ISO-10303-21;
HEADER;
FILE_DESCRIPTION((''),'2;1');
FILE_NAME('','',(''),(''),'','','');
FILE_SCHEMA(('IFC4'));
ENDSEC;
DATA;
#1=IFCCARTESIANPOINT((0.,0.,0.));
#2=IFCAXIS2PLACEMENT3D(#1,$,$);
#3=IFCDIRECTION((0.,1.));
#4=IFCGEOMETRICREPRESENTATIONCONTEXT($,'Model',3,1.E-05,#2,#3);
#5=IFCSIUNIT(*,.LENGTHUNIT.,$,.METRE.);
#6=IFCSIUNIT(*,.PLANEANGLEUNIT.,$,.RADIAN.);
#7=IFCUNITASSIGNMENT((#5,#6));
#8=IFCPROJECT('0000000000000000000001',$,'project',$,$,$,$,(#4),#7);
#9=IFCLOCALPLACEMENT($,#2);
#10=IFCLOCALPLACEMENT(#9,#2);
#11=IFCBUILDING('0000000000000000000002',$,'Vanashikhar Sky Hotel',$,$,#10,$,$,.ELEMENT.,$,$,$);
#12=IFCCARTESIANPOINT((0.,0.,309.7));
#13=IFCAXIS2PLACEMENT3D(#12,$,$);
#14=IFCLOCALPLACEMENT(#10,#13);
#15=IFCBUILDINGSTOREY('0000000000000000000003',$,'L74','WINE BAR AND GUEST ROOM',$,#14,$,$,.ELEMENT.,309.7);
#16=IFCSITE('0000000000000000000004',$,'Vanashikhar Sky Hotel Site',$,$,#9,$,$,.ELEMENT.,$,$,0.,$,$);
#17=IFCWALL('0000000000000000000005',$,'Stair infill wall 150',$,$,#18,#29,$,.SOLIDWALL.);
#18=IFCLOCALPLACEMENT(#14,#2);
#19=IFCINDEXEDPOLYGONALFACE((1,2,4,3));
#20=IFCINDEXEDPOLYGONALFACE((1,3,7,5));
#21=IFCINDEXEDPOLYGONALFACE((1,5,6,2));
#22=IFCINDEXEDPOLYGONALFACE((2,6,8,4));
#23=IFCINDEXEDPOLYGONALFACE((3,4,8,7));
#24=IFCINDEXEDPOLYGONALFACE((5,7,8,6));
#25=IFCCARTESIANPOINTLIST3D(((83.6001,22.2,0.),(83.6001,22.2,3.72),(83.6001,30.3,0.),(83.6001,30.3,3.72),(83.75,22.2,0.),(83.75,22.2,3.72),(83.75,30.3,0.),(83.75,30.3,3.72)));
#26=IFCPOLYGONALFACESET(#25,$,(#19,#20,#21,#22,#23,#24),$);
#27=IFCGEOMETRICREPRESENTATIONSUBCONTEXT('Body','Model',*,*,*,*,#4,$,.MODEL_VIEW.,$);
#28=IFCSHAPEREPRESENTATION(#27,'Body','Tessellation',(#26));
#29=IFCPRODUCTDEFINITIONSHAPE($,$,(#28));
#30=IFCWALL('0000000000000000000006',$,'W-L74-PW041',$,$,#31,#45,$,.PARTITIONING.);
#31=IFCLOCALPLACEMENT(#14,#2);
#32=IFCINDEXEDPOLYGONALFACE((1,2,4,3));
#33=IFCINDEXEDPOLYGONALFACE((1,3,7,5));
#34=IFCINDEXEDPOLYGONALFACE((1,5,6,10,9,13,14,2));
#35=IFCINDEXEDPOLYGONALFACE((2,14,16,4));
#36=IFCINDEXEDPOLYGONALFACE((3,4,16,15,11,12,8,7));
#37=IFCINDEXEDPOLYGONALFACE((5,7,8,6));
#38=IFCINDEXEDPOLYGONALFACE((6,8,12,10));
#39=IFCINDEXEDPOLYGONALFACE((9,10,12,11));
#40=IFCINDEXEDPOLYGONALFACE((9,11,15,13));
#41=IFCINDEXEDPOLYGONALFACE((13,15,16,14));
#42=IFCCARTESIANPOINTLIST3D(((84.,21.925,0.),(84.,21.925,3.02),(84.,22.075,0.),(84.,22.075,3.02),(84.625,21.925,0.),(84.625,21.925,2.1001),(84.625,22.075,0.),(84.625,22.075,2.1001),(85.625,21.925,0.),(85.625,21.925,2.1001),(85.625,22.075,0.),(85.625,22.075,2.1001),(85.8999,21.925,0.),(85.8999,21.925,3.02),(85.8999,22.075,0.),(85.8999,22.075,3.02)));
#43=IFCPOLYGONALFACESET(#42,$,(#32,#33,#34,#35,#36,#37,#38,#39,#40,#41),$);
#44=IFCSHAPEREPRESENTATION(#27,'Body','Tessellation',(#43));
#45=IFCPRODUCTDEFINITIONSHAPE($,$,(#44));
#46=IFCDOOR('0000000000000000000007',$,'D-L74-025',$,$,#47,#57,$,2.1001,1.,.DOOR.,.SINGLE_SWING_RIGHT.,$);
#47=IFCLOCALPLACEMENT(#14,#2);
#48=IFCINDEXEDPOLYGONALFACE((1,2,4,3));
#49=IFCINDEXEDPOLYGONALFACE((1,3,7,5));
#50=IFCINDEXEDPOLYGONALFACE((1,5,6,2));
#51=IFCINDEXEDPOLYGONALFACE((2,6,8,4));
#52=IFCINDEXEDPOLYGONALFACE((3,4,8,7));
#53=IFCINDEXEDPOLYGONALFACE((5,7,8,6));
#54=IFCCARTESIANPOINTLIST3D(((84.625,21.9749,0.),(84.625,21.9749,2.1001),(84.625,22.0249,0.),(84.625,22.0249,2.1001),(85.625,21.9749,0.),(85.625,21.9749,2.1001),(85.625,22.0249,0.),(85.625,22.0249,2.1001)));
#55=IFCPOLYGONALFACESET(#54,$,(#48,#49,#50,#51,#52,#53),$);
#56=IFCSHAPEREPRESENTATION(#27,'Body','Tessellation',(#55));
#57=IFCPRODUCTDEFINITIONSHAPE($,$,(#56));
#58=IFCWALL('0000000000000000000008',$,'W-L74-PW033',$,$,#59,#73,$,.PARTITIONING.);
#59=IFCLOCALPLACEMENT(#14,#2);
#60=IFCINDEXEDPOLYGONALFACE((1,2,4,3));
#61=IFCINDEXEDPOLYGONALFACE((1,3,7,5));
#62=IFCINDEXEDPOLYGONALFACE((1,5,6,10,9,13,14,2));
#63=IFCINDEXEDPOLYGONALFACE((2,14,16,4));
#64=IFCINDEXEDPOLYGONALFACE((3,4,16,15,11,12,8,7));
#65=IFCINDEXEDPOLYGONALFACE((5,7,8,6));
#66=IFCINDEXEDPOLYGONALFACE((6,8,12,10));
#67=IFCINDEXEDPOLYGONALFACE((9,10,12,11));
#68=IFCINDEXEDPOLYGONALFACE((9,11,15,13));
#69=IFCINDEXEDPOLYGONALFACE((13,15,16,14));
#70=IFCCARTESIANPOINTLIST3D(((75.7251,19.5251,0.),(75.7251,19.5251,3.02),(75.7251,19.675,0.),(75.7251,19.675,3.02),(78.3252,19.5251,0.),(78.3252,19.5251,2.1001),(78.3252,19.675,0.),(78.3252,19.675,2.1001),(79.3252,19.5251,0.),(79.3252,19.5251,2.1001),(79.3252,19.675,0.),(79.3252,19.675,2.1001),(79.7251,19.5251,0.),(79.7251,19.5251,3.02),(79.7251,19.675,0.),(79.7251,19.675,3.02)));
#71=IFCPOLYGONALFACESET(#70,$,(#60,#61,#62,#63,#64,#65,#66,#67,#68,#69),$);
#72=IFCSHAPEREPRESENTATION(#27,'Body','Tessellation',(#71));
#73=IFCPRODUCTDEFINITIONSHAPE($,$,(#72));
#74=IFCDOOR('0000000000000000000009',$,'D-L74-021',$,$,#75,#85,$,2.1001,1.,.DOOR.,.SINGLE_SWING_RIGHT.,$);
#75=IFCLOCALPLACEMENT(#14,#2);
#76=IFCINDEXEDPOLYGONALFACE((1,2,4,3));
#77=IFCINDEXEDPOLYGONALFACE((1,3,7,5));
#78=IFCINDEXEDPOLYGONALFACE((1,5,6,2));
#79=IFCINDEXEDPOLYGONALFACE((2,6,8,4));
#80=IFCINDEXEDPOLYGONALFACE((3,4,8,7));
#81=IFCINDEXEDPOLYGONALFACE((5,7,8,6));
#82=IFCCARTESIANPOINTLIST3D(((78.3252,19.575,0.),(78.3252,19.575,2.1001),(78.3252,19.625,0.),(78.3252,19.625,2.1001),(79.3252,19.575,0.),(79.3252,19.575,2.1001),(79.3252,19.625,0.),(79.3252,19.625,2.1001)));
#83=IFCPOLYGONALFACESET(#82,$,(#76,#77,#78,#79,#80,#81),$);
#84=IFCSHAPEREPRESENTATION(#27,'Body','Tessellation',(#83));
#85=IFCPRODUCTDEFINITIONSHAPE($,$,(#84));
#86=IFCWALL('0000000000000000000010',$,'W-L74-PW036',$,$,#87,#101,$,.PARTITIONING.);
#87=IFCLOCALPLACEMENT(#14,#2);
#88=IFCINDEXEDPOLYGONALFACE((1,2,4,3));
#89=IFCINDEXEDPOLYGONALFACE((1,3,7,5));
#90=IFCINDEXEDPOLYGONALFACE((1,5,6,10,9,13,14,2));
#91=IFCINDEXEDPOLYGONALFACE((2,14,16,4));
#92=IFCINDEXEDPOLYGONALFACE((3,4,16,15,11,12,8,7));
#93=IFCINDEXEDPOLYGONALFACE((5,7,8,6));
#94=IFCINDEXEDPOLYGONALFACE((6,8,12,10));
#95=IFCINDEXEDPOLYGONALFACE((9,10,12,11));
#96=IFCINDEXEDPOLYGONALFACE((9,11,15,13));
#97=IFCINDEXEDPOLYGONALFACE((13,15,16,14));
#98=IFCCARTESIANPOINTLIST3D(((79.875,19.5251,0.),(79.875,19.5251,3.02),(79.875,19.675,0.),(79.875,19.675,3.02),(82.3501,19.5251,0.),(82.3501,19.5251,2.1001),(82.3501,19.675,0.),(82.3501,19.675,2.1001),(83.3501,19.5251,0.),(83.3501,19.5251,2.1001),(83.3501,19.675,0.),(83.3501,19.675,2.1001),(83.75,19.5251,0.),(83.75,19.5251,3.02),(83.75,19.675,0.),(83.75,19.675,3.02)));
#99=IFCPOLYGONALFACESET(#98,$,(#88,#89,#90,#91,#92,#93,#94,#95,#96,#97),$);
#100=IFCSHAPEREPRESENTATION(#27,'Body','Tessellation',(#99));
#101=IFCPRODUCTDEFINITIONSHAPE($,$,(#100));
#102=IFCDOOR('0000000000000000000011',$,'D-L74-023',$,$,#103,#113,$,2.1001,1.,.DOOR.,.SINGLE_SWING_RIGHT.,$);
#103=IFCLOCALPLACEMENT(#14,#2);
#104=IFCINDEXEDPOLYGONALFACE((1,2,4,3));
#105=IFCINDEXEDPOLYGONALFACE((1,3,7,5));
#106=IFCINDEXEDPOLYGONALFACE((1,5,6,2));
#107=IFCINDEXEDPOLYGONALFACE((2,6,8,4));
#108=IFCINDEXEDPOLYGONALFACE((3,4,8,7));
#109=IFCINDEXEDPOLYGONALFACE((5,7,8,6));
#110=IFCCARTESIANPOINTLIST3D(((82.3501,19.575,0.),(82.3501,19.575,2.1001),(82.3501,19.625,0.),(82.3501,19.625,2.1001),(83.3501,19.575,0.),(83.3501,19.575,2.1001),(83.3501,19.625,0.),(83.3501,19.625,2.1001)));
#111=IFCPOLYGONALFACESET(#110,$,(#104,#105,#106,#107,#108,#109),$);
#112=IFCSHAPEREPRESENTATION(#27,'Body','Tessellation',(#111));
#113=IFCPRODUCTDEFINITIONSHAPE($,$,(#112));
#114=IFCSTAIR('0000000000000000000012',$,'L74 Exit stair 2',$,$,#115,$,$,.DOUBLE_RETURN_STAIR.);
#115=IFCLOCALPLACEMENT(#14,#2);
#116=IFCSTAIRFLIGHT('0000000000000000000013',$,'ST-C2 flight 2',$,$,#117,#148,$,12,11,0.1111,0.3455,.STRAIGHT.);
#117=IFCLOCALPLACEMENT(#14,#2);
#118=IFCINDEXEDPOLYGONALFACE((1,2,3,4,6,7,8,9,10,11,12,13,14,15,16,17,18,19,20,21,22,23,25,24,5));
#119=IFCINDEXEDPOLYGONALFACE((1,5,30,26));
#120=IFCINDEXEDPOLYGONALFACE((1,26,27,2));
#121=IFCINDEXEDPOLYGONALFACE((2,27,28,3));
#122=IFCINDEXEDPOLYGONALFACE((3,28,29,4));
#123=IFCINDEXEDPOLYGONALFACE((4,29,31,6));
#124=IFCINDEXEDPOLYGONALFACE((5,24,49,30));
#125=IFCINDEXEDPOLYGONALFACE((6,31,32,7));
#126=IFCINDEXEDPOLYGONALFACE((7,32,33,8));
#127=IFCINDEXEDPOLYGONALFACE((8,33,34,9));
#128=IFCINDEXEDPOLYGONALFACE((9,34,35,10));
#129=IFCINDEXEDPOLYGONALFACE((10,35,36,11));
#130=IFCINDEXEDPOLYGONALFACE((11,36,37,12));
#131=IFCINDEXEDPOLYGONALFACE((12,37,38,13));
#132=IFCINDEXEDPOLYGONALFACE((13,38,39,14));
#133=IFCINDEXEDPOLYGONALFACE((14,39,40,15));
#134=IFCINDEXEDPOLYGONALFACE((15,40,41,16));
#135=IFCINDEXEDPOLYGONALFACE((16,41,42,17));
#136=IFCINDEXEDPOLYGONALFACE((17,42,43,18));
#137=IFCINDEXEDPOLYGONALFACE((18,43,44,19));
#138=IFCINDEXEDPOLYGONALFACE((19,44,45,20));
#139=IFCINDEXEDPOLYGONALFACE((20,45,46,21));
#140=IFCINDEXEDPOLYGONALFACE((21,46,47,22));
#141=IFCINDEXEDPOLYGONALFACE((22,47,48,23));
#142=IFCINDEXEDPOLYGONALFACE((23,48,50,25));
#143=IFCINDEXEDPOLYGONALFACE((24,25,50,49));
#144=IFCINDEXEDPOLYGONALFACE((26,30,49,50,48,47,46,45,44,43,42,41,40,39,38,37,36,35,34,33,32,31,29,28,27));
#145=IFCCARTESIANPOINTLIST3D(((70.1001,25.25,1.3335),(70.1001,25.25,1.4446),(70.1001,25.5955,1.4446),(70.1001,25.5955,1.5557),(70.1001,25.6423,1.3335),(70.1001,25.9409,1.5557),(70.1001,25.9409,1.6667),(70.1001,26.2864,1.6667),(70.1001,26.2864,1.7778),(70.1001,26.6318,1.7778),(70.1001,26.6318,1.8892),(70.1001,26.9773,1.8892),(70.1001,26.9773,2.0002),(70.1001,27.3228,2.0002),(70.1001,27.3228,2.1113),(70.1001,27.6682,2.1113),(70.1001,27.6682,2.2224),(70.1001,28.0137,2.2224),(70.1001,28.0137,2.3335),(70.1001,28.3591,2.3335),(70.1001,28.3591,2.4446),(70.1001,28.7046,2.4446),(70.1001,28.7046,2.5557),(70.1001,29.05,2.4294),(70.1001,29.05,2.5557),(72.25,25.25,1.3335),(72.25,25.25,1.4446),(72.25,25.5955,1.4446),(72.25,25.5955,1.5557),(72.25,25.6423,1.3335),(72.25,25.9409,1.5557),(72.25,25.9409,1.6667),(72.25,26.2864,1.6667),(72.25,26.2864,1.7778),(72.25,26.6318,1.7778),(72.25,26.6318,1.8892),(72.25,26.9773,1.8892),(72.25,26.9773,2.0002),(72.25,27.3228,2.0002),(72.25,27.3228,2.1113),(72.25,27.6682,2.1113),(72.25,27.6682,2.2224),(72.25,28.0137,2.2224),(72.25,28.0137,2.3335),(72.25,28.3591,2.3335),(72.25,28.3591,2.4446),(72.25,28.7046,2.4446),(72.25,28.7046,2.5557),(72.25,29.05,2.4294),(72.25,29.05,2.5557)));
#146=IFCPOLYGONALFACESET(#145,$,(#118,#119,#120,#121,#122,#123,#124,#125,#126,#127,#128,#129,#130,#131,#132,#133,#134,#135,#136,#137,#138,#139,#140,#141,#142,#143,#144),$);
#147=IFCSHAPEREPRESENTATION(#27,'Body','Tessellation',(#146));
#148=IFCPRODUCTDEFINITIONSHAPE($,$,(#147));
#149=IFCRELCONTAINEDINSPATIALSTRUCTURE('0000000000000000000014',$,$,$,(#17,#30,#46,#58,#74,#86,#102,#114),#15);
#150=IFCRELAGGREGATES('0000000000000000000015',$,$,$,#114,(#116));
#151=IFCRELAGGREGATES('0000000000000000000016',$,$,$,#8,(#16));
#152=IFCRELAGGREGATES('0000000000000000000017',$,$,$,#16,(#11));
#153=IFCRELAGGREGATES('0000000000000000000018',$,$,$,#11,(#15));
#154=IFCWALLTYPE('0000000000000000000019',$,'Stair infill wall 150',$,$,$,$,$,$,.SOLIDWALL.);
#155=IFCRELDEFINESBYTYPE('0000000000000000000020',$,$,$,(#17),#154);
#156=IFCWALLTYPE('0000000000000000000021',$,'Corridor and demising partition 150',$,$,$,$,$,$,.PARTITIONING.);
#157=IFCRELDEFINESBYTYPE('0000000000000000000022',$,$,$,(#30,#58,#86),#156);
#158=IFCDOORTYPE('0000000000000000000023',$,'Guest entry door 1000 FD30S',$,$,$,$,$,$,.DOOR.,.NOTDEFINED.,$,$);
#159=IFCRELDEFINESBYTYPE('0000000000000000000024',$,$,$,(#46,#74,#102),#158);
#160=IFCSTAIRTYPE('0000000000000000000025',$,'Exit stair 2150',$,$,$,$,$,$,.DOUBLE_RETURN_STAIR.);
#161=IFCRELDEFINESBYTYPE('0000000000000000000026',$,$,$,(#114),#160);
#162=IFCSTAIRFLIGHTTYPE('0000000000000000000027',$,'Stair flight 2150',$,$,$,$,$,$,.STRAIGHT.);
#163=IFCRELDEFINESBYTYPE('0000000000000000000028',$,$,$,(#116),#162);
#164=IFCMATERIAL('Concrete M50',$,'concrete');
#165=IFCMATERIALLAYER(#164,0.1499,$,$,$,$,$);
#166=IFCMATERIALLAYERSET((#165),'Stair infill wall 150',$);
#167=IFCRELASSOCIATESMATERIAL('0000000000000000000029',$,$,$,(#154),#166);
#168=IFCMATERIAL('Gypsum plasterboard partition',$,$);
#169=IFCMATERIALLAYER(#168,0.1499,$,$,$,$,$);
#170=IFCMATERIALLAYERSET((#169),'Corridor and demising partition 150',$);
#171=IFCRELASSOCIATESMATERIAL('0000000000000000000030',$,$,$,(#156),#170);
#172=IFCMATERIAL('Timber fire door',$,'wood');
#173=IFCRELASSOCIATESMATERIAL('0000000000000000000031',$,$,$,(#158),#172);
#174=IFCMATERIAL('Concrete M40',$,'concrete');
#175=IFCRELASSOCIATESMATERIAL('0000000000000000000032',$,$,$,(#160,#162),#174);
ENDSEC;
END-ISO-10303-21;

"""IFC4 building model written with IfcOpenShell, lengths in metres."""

from ifc_helpers import new_model, si_unit, direction, frame, frame_2d, origin, place, context, subcontext, project, spatial, polyline, rectangle, outline, extrude, source, transform, mapped, material, layer, layer_set, type_object, element, fill, aggregate, save


model = new_model("IFC4")

# Units and contexts
model_context = context("Model", 3, precision=1e-05, world=origin(), true_north=direction((0.0, 1.0)))
body_context = subcontext(model_context, "Body", "Model", "MODEL_VIEW")
ifc_project = project(units=[si_unit("LENGTHUNIT", "METRE"), si_unit("PLANEANGLEUNIT", "RADIAN")], contexts=[model_context])

# Site, building, storey
site_placement = place(None, origin())
site = spatial("IfcSite", under=ifc_project, at=site_placement, Name="Vanashikhar Sky Hotel Site", CompositionType="ELEMENT", RefElevation=0.0)
building_placement = place(site_placement, origin())
building = spatial("IfcBuilding", under=site, at=building_placement, Name="Vanashikhar Sky Hotel", CompositionType="ELEMENT")
storey_placement = place(building_placement, frame((0.0, 0.0, 309.7)))
storey = spatial("IfcBuildingStorey", under=building, at=storey_placement, Name="L74", Description="WINE BAR AND GUEST ROOM", CompositionType="ELEMENT", Elevation=309.7)

# Shared definitions
ifc_material_1 = material(Name="Concrete M50", Category="concrete")

# Wall
ifc_layer_1 = layer(ifc_material_1, 0.1499)
ifc_layer_set_1 = layer_set([ifc_layer_1], Name="Stair infill wall 150")
wall_type_1 = type_object("IfcWallType", Name="Stair infill wall 150", PredefinedType="SOLIDWALL", material=ifc_layer_set_1)
shared_shape_1 = source(origin(), body_context, "Body", "SweptSolid", [
    extrude(rectangle(XDim=8.1001, YDim=0.1499, at=frame_2d((4.05, 0.0))), origin(), (0.0, 0.0, 1.0), 3.72),
])
wall_1_placement = place(storey_placement, frame((83.675, 22.2, 0.0), z_axis=(0.0, 0.0, 1.0), x_axis=(0.0, 1.0, 0.0)))
element("IfcWall", 1, at=wall_1_placement, inside=storey, type_object=wall_type_1, Name="Stair infill wall 150", PredefinedType="SOLIDWALL", context=body_context, shape_type="MappedRepresentation", body=[
    mapped(shared_shape_1, transform((0.0, 0.0, 0.0), scale=1.0)),
])

# Walls, openings, doors
ifc_material_2 = material(Name="Gypsum plasterboard partition")
ifc_layer_2 = layer(ifc_material_2, 0.1499)
ifc_layer_set_2 = layer_set([ifc_layer_2], Name="Corridor and demising partition 150")
wall_type_2 = type_object("IfcWallType", Name="Corridor and demising partition 150", PredefinedType="PARTITIONING", material=ifc_layer_set_2)
shared_shape_2 = source(origin(), body_context, "Body", "SweptSolid", [
    extrude(rectangle(XDim=1.8999, YDim=0.1499, at=frame_2d((0.95, 0.0))), origin(), (0.0, 0.0, 1.0), 3.02),
])
wall_2_placement = place(storey_placement, frame((84.0, 22.0, 0.0), z_axis=(0.0, 0.0, 1.0), x_axis=(1.0, 0.0, 0.0)))
wall_2 = element("IfcWall", 2, at=wall_2_placement, inside=storey, type_object=wall_type_2, Name="W-L74-PW041", PredefinedType="PARTITIONING", context=body_context, shape_type="MappedRepresentation", body=[
    mapped(shared_shape_2, transform((0.0, 0.0, 0.0), scale=1.0)),
])
shared_shape_3 = source(origin(), body_context, "Body", "SweptSolid", [
    extrude(rectangle(XDim=1.0, YDim=2.1001, at=frame_2d((0.5, 1.05))), frame((0.0, 0.085, 0.0), z_axis=(0.0, -1.0, 0.0), x_axis=(1.0, 0.0, 0.0)), (0.0, 0.0, 1.0), 0.1699),
])
opening_1_placement = place(wall_2_placement, frame((0.625, 0.0, 0.0)))
opening_1 = element("IfcOpeningElement", 3, at=opening_1_placement, cuts=wall_2, PredefinedType="OPENING", context=body_context, shape_type="MappedRepresentation", body=[
    mapped(shared_shape_3, transform((0.0, 0.0, 0.0), scale=1.0)),
])
ifc_material_3 = material(Name="Timber fire door", Category="wood")
door_type_1 = type_object("IfcDoorType", Name="Guest entry door 1000 FD30S", OperationType="NOTDEFINED", PredefinedType="DOOR", material=ifc_material_3)
shared_shape_4 = source(origin(), body_context, "Body", "SweptSolid", [
    extrude(rectangle(XDim=1.0, YDim=2.1001, at=frame_2d((0.5, 1.05))), frame((0.0, 0.0249, 0.0), z_axis=(0.0, -1.0, 0.0), x_axis=(1.0, 0.0, 0.0)), (0.0, 0.0, 1.0), 0.05),
])
door_1_placement = place(opening_1_placement, origin())
door_1 = element("IfcDoor", 4, at=door_1_placement, inside=storey, type_object=door_type_1, Name="D-L74-025", OperationType="SINGLE_SWING_RIGHT", OverallHeight=2.1001, OverallWidth=1.0, PredefinedType="DOOR", context=body_context, shape_type="MappedRepresentation", body=[
    mapped(shared_shape_4, transform((0.0, 0.0, 0.0), scale=1.0)),
])
fill(opening_1, door_1)
shared_shape_5 = source(origin(), body_context, "Body", "SweptSolid", [
    extrude(rectangle(XDim=4.0, YDim=0.1499, at=frame_2d((2.0, 0.0))), origin(), (0.0, 0.0, 1.0), 3.02),
])
wall_3_placement = place(storey_placement, frame((75.7251, 19.6001, 0.0), z_axis=(0.0, 0.0, 1.0), x_axis=(1.0, 0.0, 0.0)))
wall_3 = element("IfcWall", 5, at=wall_3_placement, inside=storey, type_object=wall_type_2, Name="W-L74-PW033", PredefinedType="PARTITIONING", context=body_context, shape_type="MappedRepresentation", body=[
    mapped(shared_shape_5, transform((0.0, 0.0, 0.0), scale=1.0)),
])
opening_2_placement = place(wall_3_placement, frame((2.6001, 0.0, 0.0)))
opening_2 = element("IfcOpeningElement", 6, at=opening_2_placement, cuts=wall_3, PredefinedType="OPENING", context=body_context, shape_type="MappedRepresentation", body=[
    mapped(shared_shape_3, transform((0.0, 0.0, 0.0), scale=1.0)),
])
door_2_placement = place(opening_2_placement, origin())
door_2 = element("IfcDoor", 7, at=door_2_placement, inside=storey, type_object=door_type_1, Name="D-L74-021", OperationType="SINGLE_SWING_RIGHT", OverallHeight=2.1001, OverallWidth=1.0, PredefinedType="DOOR", context=body_context, shape_type="MappedRepresentation", body=[
    mapped(shared_shape_4, transform((0.0, 0.0, 0.0), scale=1.0)),
])
fill(opening_2, door_2)
shared_shape_6 = source(origin(), body_context, "Body", "SweptSolid", [
    extrude(rectangle(XDim=3.875, YDim=0.1499, at=frame_2d((1.9375, 0.0))), origin(), (0.0, 0.0, 1.0), 3.02),
])
wall_4_placement = place(storey_placement, frame((79.875, 19.6001, 0.0), z_axis=(0.0, 0.0, 1.0), x_axis=(1.0, 0.0, 0.0)))
wall_4 = element("IfcWall", 8, at=wall_4_placement, inside=storey, type_object=wall_type_2, Name="W-L74-PW036", PredefinedType="PARTITIONING", context=body_context, shape_type="MappedRepresentation", body=[
    mapped(shared_shape_6, transform((0.0, 0.0, 0.0), scale=1.0)),
])
opening_3_placement = place(wall_4_placement, frame((2.4751, 0.0, 0.0)))
opening_3 = element("IfcOpeningElement", 9, at=opening_3_placement, cuts=wall_4, PredefinedType="OPENING", context=body_context, shape_type="MappedRepresentation", body=[
    mapped(shared_shape_3, transform((0.0, 0.0, 0.0), scale=1.0)),
])
door_3_placement = place(opening_3_placement, origin())
door_3 = element("IfcDoor", 10, at=door_3_placement, inside=storey, type_object=door_type_1, Name="D-L74-023", OperationType="SINGLE_SWING_RIGHT", OverallHeight=2.1001, OverallWidth=1.0, PredefinedType="DOOR", context=body_context, shape_type="MappedRepresentation", body=[
    mapped(shared_shape_4, transform((0.0, 0.0, 0.0), scale=1.0)),
])
fill(opening_3, door_3)

# Stair, stair flight
ifc_material_4 = material(Name="Concrete M40", Category="concrete")
stair_type = type_object("IfcStairType", Name="Exit stair 2150", PredefinedType="DOUBLE_RETURN_STAIR", material=ifc_material_4)
stair_1_placement = place(storey_placement, origin())
stair_1 = element("IfcStair", 11, at=stair_1_placement, inside=storey, type_object=stair_type, Name="L74 Exit stair 2", PredefinedType="DOUBLE_RETURN_STAIR")
stair_flight_type = type_object("IfcStairFlightType", Name="Stair flight 2150", PredefinedType="STRAIGHT", material=ifc_material_4)
shared_shape_7 = source(origin(), body_context, "Body", "SweptSolid", [
    extrude(outline(polyline([(0.0, 0.0), (0.0, 0.1111), (0.3455, 0.1111), (0.3455, 0.2222), (0.6909, 0.2222), (0.6909, 0.3333), (1.0364, 0.3333), (1.0364, 0.4443), (1.3818, 0.4443), (1.3818, 0.5557), (1.7273, 0.5557), (1.7273, 0.6667), (2.0728, 0.6667), (2.0728, 0.7778), (2.4182, 0.7778), (2.4182, 0.8889), (2.7637, 0.8889), (2.7637, 1.0), (3.1091, 1.0), (3.1091, 1.1111), (3.4546, 1.1111), (3.4546, 1.2222), (3.8, 1.2222), (3.8, 1.3333), (3.8, 1.0959), (0.3923, 0.0), (0.0, 0.0)])), frame((0.0, 1.075, 0.0), z_axis=(0.0, -1.0, 0.0), x_axis=(1.0, 0.0, 0.0)), (0.0, 0.0, 1.0), 2.1499),
])
stair_flight_1_placement = place(storey_placement, frame((71.175, 25.25, 1.3335), z_axis=(0.0, 0.0, 1.0), x_axis=(0.0, 1.0, 0.0)))
stair_flight_1 = element("IfcStairFlight", 12, at=stair_flight_1_placement, type_object=stair_flight_type, Name="ST-C2 flight 2", NumberOfRisers=12, NumberOfTreads=11, PredefinedType="STRAIGHT", RiserHeight=0.1111, TreadLength=0.3455, context=body_context, shape_type="MappedRepresentation", body=[
    mapped(shared_shape_7, transform((0.0, 0.0, 0.0), scale=1.0)),
])
aggregate(stair_1, [stair_flight_1])

save(model, "model.ifc")
